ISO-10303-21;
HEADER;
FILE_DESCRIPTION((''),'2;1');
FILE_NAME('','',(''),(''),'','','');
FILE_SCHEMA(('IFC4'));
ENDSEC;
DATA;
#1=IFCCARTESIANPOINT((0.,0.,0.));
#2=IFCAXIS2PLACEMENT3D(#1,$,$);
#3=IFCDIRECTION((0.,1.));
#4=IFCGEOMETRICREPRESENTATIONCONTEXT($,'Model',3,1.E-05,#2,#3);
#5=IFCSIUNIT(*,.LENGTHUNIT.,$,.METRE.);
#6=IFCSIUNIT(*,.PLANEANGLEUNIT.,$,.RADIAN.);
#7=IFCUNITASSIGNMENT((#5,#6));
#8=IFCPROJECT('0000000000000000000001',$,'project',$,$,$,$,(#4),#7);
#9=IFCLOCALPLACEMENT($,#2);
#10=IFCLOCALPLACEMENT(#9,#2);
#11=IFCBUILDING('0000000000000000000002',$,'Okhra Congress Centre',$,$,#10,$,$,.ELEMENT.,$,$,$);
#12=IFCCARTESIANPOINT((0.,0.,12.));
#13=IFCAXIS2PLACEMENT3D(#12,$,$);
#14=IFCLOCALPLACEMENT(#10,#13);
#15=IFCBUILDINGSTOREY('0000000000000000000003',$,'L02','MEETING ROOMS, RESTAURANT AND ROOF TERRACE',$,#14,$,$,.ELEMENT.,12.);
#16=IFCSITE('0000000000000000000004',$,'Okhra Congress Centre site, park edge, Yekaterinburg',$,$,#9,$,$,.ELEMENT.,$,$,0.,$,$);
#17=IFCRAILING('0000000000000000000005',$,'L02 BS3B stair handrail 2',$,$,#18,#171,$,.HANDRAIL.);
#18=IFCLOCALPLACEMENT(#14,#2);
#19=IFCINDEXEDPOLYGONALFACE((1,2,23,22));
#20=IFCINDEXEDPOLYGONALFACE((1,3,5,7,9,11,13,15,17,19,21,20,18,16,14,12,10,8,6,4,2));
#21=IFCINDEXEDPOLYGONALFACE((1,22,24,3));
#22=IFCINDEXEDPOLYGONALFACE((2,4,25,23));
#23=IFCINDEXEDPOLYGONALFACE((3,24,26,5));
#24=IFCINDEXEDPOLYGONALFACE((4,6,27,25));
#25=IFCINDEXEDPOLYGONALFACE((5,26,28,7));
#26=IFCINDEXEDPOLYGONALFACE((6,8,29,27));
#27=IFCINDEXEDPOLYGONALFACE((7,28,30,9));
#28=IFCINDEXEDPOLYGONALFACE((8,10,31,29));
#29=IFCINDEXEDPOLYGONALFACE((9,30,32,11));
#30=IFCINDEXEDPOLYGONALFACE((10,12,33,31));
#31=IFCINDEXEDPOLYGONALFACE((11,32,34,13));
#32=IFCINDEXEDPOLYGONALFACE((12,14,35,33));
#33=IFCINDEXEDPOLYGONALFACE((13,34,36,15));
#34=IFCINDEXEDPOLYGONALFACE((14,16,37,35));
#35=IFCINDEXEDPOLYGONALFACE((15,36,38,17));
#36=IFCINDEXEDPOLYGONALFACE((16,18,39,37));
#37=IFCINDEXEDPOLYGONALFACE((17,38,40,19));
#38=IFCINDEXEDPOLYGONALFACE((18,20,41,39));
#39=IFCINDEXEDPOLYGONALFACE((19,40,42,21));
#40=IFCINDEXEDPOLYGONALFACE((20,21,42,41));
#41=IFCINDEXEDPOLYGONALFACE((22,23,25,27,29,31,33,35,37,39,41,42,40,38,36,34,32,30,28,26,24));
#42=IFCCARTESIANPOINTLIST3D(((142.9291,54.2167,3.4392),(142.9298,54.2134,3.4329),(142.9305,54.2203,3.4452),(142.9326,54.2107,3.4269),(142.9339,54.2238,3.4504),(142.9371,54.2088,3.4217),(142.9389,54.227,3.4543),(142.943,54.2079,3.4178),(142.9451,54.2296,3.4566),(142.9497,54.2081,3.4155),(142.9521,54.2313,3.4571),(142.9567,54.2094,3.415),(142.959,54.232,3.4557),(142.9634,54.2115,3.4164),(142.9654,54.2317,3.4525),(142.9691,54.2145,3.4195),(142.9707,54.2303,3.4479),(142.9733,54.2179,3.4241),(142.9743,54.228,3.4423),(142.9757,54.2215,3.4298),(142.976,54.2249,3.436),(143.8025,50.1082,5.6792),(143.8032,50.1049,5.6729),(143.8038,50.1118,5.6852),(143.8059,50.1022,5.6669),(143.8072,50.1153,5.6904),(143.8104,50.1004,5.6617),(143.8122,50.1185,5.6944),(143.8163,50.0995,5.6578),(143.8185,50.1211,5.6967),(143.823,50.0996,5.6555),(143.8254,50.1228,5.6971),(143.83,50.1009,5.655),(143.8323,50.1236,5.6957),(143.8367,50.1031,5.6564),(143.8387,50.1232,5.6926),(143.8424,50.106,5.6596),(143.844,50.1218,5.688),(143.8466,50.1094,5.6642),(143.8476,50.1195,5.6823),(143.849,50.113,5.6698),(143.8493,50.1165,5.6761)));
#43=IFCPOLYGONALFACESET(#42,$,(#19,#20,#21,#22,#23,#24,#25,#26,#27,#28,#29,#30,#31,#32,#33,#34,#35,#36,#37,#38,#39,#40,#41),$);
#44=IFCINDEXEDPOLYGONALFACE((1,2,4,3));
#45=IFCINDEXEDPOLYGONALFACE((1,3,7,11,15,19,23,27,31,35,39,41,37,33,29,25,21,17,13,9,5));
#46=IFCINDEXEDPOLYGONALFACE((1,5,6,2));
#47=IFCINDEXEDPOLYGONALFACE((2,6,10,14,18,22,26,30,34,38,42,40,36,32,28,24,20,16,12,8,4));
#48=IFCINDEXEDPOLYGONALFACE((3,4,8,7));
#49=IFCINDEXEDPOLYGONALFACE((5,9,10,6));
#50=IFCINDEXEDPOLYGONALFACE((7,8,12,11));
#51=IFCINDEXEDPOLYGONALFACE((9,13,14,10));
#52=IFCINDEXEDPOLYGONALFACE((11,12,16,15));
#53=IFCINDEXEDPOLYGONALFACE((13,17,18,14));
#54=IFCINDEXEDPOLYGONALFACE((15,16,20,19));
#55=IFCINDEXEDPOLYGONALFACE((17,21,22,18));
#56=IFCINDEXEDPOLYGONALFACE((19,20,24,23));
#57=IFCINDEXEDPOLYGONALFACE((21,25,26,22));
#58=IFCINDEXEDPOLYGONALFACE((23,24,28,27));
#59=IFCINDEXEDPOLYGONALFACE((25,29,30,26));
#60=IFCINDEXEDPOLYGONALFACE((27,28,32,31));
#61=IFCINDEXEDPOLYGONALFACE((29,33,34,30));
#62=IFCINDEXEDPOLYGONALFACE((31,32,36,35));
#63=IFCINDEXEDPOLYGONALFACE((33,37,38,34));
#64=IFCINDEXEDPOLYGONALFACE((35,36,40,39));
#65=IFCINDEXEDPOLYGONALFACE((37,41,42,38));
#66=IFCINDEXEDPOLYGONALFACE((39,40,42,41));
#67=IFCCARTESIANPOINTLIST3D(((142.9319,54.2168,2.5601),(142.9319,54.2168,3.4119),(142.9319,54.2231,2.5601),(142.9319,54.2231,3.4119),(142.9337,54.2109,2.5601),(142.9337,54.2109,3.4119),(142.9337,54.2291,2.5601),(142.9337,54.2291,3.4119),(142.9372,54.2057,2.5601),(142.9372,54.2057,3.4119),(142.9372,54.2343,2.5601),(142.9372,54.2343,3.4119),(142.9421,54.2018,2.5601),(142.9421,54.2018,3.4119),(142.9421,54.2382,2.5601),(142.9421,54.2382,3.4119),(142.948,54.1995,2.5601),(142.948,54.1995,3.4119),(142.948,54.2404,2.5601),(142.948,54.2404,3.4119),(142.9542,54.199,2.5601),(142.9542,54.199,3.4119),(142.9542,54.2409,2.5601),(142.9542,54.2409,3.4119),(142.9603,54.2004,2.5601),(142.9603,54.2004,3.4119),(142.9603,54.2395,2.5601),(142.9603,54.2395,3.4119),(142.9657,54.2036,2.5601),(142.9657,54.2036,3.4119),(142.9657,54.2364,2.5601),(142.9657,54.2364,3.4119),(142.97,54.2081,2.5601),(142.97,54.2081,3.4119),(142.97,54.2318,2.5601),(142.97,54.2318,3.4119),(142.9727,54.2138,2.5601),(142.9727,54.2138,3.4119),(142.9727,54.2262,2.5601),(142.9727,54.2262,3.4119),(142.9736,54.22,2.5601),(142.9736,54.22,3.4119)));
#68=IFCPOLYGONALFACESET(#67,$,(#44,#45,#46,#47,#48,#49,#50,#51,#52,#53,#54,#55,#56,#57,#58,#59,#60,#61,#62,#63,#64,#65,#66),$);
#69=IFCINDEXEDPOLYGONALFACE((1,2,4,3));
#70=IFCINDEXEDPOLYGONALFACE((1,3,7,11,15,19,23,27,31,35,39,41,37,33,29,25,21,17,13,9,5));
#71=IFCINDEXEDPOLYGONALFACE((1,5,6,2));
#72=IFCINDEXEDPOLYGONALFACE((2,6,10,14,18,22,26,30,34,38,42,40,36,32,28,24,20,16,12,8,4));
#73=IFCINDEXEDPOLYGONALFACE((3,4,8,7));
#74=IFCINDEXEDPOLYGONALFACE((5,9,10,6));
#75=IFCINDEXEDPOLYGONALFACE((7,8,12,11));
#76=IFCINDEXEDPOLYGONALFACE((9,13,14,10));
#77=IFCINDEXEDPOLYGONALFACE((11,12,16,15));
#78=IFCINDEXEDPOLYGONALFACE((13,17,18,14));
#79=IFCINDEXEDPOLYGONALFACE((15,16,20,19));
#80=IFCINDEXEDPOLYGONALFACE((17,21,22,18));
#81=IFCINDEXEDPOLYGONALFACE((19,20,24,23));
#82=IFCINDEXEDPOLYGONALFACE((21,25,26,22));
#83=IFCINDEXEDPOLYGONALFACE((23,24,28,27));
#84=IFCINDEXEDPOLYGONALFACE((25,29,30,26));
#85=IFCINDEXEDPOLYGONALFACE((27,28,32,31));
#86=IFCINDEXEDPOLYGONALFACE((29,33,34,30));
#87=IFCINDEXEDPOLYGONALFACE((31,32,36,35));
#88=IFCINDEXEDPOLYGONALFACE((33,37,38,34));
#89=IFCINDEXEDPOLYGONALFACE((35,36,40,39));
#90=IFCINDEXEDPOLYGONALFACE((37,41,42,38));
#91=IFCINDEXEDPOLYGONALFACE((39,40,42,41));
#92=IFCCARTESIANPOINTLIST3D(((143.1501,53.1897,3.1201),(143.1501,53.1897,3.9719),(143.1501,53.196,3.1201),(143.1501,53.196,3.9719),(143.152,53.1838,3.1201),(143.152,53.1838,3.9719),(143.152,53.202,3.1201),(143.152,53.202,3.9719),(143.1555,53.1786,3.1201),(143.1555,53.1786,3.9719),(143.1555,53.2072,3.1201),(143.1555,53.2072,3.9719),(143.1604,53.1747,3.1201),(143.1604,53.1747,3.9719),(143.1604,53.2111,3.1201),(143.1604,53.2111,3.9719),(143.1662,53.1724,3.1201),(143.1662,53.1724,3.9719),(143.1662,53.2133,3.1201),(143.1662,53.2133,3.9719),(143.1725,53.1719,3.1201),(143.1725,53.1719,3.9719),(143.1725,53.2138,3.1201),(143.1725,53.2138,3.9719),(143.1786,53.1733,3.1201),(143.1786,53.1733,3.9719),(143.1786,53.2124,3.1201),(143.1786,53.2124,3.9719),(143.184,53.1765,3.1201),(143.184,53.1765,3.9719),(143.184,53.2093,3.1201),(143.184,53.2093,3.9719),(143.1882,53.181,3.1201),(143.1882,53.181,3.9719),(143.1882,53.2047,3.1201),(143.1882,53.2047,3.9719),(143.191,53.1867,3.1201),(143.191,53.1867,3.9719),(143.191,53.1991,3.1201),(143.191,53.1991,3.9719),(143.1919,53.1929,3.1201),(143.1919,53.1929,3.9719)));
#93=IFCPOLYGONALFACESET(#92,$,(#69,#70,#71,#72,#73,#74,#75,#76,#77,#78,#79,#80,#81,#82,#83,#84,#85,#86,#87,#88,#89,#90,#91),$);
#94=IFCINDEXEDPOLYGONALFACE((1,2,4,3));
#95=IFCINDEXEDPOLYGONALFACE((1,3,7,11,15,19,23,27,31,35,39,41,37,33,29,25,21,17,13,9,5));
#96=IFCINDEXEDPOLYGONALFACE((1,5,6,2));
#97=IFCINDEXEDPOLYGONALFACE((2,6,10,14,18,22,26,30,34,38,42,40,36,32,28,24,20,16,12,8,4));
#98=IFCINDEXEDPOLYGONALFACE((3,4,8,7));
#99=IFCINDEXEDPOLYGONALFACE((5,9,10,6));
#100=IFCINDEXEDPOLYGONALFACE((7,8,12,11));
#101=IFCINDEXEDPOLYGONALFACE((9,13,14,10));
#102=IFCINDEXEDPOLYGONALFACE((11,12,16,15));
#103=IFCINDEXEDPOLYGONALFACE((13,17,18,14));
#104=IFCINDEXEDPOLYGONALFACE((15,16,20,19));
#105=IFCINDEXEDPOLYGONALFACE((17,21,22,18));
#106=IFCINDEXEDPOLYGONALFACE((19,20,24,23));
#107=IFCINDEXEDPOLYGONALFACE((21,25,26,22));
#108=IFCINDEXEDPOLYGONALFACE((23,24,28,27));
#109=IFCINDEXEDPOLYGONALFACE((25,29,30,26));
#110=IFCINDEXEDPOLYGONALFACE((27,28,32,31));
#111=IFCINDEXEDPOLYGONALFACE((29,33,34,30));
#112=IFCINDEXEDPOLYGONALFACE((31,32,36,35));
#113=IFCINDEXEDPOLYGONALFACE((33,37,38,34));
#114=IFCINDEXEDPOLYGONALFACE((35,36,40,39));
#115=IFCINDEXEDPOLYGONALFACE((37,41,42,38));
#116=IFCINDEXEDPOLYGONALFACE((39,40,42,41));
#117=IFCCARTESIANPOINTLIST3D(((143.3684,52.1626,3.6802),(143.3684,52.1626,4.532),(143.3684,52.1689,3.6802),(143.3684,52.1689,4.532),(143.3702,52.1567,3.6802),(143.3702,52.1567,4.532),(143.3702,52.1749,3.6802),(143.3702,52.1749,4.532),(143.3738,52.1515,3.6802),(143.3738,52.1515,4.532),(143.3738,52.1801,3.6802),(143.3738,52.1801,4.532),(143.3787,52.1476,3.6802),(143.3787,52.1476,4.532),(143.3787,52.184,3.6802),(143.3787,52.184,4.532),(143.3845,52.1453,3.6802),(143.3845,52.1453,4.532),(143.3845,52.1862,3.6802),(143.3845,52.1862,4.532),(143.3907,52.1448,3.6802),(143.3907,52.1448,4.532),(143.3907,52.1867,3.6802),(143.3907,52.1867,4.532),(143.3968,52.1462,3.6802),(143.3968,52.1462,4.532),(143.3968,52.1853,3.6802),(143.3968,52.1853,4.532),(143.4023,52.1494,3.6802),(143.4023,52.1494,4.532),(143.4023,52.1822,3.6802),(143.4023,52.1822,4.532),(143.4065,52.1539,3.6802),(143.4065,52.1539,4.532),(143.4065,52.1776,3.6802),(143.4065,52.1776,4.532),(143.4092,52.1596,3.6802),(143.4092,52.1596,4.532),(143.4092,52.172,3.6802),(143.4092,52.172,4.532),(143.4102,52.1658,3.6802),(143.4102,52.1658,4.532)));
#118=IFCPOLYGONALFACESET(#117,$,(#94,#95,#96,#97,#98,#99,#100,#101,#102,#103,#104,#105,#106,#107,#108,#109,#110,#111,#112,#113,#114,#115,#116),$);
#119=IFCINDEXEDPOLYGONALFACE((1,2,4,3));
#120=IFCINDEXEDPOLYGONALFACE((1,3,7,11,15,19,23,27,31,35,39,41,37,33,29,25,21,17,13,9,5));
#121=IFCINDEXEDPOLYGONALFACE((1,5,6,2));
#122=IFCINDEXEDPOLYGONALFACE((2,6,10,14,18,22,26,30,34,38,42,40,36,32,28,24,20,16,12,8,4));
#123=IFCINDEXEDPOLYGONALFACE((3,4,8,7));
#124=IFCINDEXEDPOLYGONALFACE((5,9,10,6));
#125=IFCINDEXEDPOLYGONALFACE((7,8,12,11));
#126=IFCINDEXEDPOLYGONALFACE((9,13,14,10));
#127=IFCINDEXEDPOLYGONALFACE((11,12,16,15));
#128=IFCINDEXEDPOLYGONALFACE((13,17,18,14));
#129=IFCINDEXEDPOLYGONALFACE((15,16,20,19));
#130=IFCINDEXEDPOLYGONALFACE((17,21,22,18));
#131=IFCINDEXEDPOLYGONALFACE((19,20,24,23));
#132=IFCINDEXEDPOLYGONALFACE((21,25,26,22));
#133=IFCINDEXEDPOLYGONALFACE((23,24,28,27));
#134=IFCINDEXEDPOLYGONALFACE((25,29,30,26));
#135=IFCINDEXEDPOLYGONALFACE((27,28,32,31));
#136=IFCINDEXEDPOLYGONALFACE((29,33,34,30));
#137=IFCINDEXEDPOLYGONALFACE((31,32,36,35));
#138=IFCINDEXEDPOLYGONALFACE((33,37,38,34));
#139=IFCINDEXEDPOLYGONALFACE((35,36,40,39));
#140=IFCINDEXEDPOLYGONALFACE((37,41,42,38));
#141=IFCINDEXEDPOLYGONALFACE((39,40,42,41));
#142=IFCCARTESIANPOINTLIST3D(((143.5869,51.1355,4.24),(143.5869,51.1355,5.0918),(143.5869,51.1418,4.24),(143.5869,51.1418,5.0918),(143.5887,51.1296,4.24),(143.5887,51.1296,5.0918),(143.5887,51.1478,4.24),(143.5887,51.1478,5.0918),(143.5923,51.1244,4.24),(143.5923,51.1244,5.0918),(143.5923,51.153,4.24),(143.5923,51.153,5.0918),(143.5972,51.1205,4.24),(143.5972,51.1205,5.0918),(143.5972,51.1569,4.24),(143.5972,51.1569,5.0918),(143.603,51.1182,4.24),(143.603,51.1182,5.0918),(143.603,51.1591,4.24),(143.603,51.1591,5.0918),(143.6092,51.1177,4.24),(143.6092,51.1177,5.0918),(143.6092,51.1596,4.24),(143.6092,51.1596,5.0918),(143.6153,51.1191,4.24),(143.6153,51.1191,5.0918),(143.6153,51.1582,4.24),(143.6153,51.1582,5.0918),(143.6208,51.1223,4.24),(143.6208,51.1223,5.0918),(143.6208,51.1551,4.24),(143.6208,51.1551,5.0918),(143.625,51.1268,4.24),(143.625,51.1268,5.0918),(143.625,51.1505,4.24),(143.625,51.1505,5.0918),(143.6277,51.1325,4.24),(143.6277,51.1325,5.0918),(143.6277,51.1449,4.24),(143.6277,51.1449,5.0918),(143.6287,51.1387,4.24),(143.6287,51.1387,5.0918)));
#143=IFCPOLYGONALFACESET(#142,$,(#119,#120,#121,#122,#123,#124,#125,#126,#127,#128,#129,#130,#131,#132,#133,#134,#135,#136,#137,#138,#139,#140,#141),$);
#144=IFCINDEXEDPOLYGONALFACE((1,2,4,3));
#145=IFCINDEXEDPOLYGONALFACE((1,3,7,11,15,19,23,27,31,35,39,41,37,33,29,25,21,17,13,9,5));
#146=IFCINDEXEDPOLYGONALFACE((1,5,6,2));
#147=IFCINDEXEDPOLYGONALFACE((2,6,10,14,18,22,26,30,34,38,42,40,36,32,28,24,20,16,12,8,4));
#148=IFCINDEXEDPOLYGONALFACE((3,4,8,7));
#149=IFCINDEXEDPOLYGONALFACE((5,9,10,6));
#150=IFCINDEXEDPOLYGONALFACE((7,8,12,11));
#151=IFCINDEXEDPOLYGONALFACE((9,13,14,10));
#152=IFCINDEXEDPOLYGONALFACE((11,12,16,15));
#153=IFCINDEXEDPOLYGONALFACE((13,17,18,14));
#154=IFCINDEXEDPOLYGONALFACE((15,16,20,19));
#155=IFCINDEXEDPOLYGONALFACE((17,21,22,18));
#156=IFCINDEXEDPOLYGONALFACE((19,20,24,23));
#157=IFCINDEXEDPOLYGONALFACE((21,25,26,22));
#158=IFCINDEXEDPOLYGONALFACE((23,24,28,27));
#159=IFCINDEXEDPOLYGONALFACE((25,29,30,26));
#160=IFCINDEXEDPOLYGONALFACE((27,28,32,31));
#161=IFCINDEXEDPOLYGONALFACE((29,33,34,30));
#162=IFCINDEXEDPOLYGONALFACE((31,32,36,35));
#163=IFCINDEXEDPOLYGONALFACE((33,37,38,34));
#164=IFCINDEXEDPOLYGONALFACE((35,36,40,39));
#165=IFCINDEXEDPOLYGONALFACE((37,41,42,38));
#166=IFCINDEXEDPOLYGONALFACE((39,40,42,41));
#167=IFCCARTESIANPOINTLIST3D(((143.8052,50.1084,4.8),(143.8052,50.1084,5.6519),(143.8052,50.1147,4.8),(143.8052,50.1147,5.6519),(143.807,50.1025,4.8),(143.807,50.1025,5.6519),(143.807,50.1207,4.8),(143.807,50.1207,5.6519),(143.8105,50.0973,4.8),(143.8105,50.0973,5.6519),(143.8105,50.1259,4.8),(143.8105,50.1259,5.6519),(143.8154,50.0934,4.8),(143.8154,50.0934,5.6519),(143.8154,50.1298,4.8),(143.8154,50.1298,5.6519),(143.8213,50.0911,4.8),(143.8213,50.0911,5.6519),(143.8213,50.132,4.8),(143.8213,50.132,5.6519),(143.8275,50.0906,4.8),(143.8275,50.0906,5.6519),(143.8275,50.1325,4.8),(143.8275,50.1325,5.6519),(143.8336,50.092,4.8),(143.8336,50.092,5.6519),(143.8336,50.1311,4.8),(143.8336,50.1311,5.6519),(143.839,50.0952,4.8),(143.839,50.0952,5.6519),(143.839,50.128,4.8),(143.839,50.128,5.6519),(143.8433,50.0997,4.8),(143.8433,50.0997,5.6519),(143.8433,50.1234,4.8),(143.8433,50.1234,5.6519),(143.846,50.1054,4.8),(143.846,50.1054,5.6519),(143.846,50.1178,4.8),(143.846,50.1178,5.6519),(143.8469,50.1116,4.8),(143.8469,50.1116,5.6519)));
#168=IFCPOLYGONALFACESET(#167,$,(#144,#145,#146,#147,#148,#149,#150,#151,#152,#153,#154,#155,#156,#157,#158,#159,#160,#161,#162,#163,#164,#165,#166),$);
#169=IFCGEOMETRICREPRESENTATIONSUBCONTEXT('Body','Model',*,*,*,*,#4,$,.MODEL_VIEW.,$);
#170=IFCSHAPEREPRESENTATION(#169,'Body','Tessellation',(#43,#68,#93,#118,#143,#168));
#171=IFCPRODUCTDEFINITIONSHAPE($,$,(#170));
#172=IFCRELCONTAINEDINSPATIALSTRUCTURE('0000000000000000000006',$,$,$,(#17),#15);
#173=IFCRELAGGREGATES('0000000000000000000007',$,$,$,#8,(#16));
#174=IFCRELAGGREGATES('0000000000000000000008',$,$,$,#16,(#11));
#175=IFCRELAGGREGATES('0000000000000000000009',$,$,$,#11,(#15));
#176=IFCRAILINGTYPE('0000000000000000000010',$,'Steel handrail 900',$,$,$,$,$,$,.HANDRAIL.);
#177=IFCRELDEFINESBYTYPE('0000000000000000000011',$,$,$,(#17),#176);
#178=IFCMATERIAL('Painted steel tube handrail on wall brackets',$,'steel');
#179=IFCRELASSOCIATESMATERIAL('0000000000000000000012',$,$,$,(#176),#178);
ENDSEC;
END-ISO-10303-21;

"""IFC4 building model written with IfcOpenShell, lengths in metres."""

from ifc_helpers import new_model, si_unit, direction, frame, origin, origin_2d, place, context, subcontext, project, spatial, circle, extrude, material, type_object, element, save


model = new_model("IFC4")

# Units and contexts
model_context = context("Model", 3, precision=1e-05, world=origin(), true_north=direction((0.0, 1.0)))
body_context = subcontext(model_context, "Body", "Model", "MODEL_VIEW")
ifc_project = project(units=[si_unit("LENGTHUNIT", "METRE"), si_unit("PLANEANGLEUNIT", "RADIAN")], contexts=[model_context])

# Site, building, storey
site_placement = place(None, origin())
site = spatial("IfcSite", under=ifc_project, at=site_placement, Name="Okhra Congress Centre site, park edge, Yekaterinburg", CompositionType="ELEMENT", RefElevation=0.0)
building_placement = place(site_placement, origin())
building = spatial("IfcBuilding", under=site, at=building_placement, Name="Okhra Congress Centre", CompositionType="ELEMENT")
storey_placement = place(building_placement, frame((0.0, 0.0, 12.0)))
storey = spatial("IfcBuildingStorey", under=building, at=storey_placement, Name="L02", Description="MEETING ROOMS, RESTAURANT AND ROOF TERRACE", CompositionType="ELEMENT", Elevation=12.0)

# Railing
ifc_material_1 = material(Name="Painted steel tube handrail on wall brackets", Category="steel")
railing_type_1 = type_object("IfcRailingType", Name="Steel handrail 900", PredefinedType="HANDRAIL", material=ifc_material_1)
railing_1_placement = place(storey_placement, frame((142.9526, 54.22, 2.5601)))
element("IfcRailing", 1, at=railing_1_placement, inside=storey, type_object=railing_type_1, Name="L02 BS3B stair handrail 2", PredefinedType="HANDRAIL", context=body_context, shape_type="SweptSolid", body=[
    extrude(circle(Radius=0.0239, at=origin_2d()), frame((0.0, 0.0, 0.876), z_axis=(0.183458, -0.86308, 0.47057), x_axis=(0.978146, 0.207917, 0.0)), (0.0, 0.0, 1.0), 4.7603),
    extrude(circle(Radius=0.021, at=origin_2d()), origin(), (0.0, 0.0, 1.0), 0.8518),
    extrude(circle(Radius=0.021, at=origin_2d()), frame((0.2183, -1.0271, 0.5601)), (0.0, 0.0, 1.0), 0.8518),
    extrude(circle(Radius=0.021, at=origin_2d()), frame((0.4365, -2.0542, 1.1201)), (0.0, 0.0, 1.0), 0.8518),
    extrude(circle(Radius=0.021, at=origin_2d()), frame((0.655, -3.0813, 1.6799)), (0.0, 0.0, 1.0), 0.8518),
    extrude(circle(Radius=0.021, at=origin_2d()), frame((0.8733, -4.1084, 2.24)), (0.0, 0.0, 1.0), 0.8518),
])

save(model, "model.ifc")
